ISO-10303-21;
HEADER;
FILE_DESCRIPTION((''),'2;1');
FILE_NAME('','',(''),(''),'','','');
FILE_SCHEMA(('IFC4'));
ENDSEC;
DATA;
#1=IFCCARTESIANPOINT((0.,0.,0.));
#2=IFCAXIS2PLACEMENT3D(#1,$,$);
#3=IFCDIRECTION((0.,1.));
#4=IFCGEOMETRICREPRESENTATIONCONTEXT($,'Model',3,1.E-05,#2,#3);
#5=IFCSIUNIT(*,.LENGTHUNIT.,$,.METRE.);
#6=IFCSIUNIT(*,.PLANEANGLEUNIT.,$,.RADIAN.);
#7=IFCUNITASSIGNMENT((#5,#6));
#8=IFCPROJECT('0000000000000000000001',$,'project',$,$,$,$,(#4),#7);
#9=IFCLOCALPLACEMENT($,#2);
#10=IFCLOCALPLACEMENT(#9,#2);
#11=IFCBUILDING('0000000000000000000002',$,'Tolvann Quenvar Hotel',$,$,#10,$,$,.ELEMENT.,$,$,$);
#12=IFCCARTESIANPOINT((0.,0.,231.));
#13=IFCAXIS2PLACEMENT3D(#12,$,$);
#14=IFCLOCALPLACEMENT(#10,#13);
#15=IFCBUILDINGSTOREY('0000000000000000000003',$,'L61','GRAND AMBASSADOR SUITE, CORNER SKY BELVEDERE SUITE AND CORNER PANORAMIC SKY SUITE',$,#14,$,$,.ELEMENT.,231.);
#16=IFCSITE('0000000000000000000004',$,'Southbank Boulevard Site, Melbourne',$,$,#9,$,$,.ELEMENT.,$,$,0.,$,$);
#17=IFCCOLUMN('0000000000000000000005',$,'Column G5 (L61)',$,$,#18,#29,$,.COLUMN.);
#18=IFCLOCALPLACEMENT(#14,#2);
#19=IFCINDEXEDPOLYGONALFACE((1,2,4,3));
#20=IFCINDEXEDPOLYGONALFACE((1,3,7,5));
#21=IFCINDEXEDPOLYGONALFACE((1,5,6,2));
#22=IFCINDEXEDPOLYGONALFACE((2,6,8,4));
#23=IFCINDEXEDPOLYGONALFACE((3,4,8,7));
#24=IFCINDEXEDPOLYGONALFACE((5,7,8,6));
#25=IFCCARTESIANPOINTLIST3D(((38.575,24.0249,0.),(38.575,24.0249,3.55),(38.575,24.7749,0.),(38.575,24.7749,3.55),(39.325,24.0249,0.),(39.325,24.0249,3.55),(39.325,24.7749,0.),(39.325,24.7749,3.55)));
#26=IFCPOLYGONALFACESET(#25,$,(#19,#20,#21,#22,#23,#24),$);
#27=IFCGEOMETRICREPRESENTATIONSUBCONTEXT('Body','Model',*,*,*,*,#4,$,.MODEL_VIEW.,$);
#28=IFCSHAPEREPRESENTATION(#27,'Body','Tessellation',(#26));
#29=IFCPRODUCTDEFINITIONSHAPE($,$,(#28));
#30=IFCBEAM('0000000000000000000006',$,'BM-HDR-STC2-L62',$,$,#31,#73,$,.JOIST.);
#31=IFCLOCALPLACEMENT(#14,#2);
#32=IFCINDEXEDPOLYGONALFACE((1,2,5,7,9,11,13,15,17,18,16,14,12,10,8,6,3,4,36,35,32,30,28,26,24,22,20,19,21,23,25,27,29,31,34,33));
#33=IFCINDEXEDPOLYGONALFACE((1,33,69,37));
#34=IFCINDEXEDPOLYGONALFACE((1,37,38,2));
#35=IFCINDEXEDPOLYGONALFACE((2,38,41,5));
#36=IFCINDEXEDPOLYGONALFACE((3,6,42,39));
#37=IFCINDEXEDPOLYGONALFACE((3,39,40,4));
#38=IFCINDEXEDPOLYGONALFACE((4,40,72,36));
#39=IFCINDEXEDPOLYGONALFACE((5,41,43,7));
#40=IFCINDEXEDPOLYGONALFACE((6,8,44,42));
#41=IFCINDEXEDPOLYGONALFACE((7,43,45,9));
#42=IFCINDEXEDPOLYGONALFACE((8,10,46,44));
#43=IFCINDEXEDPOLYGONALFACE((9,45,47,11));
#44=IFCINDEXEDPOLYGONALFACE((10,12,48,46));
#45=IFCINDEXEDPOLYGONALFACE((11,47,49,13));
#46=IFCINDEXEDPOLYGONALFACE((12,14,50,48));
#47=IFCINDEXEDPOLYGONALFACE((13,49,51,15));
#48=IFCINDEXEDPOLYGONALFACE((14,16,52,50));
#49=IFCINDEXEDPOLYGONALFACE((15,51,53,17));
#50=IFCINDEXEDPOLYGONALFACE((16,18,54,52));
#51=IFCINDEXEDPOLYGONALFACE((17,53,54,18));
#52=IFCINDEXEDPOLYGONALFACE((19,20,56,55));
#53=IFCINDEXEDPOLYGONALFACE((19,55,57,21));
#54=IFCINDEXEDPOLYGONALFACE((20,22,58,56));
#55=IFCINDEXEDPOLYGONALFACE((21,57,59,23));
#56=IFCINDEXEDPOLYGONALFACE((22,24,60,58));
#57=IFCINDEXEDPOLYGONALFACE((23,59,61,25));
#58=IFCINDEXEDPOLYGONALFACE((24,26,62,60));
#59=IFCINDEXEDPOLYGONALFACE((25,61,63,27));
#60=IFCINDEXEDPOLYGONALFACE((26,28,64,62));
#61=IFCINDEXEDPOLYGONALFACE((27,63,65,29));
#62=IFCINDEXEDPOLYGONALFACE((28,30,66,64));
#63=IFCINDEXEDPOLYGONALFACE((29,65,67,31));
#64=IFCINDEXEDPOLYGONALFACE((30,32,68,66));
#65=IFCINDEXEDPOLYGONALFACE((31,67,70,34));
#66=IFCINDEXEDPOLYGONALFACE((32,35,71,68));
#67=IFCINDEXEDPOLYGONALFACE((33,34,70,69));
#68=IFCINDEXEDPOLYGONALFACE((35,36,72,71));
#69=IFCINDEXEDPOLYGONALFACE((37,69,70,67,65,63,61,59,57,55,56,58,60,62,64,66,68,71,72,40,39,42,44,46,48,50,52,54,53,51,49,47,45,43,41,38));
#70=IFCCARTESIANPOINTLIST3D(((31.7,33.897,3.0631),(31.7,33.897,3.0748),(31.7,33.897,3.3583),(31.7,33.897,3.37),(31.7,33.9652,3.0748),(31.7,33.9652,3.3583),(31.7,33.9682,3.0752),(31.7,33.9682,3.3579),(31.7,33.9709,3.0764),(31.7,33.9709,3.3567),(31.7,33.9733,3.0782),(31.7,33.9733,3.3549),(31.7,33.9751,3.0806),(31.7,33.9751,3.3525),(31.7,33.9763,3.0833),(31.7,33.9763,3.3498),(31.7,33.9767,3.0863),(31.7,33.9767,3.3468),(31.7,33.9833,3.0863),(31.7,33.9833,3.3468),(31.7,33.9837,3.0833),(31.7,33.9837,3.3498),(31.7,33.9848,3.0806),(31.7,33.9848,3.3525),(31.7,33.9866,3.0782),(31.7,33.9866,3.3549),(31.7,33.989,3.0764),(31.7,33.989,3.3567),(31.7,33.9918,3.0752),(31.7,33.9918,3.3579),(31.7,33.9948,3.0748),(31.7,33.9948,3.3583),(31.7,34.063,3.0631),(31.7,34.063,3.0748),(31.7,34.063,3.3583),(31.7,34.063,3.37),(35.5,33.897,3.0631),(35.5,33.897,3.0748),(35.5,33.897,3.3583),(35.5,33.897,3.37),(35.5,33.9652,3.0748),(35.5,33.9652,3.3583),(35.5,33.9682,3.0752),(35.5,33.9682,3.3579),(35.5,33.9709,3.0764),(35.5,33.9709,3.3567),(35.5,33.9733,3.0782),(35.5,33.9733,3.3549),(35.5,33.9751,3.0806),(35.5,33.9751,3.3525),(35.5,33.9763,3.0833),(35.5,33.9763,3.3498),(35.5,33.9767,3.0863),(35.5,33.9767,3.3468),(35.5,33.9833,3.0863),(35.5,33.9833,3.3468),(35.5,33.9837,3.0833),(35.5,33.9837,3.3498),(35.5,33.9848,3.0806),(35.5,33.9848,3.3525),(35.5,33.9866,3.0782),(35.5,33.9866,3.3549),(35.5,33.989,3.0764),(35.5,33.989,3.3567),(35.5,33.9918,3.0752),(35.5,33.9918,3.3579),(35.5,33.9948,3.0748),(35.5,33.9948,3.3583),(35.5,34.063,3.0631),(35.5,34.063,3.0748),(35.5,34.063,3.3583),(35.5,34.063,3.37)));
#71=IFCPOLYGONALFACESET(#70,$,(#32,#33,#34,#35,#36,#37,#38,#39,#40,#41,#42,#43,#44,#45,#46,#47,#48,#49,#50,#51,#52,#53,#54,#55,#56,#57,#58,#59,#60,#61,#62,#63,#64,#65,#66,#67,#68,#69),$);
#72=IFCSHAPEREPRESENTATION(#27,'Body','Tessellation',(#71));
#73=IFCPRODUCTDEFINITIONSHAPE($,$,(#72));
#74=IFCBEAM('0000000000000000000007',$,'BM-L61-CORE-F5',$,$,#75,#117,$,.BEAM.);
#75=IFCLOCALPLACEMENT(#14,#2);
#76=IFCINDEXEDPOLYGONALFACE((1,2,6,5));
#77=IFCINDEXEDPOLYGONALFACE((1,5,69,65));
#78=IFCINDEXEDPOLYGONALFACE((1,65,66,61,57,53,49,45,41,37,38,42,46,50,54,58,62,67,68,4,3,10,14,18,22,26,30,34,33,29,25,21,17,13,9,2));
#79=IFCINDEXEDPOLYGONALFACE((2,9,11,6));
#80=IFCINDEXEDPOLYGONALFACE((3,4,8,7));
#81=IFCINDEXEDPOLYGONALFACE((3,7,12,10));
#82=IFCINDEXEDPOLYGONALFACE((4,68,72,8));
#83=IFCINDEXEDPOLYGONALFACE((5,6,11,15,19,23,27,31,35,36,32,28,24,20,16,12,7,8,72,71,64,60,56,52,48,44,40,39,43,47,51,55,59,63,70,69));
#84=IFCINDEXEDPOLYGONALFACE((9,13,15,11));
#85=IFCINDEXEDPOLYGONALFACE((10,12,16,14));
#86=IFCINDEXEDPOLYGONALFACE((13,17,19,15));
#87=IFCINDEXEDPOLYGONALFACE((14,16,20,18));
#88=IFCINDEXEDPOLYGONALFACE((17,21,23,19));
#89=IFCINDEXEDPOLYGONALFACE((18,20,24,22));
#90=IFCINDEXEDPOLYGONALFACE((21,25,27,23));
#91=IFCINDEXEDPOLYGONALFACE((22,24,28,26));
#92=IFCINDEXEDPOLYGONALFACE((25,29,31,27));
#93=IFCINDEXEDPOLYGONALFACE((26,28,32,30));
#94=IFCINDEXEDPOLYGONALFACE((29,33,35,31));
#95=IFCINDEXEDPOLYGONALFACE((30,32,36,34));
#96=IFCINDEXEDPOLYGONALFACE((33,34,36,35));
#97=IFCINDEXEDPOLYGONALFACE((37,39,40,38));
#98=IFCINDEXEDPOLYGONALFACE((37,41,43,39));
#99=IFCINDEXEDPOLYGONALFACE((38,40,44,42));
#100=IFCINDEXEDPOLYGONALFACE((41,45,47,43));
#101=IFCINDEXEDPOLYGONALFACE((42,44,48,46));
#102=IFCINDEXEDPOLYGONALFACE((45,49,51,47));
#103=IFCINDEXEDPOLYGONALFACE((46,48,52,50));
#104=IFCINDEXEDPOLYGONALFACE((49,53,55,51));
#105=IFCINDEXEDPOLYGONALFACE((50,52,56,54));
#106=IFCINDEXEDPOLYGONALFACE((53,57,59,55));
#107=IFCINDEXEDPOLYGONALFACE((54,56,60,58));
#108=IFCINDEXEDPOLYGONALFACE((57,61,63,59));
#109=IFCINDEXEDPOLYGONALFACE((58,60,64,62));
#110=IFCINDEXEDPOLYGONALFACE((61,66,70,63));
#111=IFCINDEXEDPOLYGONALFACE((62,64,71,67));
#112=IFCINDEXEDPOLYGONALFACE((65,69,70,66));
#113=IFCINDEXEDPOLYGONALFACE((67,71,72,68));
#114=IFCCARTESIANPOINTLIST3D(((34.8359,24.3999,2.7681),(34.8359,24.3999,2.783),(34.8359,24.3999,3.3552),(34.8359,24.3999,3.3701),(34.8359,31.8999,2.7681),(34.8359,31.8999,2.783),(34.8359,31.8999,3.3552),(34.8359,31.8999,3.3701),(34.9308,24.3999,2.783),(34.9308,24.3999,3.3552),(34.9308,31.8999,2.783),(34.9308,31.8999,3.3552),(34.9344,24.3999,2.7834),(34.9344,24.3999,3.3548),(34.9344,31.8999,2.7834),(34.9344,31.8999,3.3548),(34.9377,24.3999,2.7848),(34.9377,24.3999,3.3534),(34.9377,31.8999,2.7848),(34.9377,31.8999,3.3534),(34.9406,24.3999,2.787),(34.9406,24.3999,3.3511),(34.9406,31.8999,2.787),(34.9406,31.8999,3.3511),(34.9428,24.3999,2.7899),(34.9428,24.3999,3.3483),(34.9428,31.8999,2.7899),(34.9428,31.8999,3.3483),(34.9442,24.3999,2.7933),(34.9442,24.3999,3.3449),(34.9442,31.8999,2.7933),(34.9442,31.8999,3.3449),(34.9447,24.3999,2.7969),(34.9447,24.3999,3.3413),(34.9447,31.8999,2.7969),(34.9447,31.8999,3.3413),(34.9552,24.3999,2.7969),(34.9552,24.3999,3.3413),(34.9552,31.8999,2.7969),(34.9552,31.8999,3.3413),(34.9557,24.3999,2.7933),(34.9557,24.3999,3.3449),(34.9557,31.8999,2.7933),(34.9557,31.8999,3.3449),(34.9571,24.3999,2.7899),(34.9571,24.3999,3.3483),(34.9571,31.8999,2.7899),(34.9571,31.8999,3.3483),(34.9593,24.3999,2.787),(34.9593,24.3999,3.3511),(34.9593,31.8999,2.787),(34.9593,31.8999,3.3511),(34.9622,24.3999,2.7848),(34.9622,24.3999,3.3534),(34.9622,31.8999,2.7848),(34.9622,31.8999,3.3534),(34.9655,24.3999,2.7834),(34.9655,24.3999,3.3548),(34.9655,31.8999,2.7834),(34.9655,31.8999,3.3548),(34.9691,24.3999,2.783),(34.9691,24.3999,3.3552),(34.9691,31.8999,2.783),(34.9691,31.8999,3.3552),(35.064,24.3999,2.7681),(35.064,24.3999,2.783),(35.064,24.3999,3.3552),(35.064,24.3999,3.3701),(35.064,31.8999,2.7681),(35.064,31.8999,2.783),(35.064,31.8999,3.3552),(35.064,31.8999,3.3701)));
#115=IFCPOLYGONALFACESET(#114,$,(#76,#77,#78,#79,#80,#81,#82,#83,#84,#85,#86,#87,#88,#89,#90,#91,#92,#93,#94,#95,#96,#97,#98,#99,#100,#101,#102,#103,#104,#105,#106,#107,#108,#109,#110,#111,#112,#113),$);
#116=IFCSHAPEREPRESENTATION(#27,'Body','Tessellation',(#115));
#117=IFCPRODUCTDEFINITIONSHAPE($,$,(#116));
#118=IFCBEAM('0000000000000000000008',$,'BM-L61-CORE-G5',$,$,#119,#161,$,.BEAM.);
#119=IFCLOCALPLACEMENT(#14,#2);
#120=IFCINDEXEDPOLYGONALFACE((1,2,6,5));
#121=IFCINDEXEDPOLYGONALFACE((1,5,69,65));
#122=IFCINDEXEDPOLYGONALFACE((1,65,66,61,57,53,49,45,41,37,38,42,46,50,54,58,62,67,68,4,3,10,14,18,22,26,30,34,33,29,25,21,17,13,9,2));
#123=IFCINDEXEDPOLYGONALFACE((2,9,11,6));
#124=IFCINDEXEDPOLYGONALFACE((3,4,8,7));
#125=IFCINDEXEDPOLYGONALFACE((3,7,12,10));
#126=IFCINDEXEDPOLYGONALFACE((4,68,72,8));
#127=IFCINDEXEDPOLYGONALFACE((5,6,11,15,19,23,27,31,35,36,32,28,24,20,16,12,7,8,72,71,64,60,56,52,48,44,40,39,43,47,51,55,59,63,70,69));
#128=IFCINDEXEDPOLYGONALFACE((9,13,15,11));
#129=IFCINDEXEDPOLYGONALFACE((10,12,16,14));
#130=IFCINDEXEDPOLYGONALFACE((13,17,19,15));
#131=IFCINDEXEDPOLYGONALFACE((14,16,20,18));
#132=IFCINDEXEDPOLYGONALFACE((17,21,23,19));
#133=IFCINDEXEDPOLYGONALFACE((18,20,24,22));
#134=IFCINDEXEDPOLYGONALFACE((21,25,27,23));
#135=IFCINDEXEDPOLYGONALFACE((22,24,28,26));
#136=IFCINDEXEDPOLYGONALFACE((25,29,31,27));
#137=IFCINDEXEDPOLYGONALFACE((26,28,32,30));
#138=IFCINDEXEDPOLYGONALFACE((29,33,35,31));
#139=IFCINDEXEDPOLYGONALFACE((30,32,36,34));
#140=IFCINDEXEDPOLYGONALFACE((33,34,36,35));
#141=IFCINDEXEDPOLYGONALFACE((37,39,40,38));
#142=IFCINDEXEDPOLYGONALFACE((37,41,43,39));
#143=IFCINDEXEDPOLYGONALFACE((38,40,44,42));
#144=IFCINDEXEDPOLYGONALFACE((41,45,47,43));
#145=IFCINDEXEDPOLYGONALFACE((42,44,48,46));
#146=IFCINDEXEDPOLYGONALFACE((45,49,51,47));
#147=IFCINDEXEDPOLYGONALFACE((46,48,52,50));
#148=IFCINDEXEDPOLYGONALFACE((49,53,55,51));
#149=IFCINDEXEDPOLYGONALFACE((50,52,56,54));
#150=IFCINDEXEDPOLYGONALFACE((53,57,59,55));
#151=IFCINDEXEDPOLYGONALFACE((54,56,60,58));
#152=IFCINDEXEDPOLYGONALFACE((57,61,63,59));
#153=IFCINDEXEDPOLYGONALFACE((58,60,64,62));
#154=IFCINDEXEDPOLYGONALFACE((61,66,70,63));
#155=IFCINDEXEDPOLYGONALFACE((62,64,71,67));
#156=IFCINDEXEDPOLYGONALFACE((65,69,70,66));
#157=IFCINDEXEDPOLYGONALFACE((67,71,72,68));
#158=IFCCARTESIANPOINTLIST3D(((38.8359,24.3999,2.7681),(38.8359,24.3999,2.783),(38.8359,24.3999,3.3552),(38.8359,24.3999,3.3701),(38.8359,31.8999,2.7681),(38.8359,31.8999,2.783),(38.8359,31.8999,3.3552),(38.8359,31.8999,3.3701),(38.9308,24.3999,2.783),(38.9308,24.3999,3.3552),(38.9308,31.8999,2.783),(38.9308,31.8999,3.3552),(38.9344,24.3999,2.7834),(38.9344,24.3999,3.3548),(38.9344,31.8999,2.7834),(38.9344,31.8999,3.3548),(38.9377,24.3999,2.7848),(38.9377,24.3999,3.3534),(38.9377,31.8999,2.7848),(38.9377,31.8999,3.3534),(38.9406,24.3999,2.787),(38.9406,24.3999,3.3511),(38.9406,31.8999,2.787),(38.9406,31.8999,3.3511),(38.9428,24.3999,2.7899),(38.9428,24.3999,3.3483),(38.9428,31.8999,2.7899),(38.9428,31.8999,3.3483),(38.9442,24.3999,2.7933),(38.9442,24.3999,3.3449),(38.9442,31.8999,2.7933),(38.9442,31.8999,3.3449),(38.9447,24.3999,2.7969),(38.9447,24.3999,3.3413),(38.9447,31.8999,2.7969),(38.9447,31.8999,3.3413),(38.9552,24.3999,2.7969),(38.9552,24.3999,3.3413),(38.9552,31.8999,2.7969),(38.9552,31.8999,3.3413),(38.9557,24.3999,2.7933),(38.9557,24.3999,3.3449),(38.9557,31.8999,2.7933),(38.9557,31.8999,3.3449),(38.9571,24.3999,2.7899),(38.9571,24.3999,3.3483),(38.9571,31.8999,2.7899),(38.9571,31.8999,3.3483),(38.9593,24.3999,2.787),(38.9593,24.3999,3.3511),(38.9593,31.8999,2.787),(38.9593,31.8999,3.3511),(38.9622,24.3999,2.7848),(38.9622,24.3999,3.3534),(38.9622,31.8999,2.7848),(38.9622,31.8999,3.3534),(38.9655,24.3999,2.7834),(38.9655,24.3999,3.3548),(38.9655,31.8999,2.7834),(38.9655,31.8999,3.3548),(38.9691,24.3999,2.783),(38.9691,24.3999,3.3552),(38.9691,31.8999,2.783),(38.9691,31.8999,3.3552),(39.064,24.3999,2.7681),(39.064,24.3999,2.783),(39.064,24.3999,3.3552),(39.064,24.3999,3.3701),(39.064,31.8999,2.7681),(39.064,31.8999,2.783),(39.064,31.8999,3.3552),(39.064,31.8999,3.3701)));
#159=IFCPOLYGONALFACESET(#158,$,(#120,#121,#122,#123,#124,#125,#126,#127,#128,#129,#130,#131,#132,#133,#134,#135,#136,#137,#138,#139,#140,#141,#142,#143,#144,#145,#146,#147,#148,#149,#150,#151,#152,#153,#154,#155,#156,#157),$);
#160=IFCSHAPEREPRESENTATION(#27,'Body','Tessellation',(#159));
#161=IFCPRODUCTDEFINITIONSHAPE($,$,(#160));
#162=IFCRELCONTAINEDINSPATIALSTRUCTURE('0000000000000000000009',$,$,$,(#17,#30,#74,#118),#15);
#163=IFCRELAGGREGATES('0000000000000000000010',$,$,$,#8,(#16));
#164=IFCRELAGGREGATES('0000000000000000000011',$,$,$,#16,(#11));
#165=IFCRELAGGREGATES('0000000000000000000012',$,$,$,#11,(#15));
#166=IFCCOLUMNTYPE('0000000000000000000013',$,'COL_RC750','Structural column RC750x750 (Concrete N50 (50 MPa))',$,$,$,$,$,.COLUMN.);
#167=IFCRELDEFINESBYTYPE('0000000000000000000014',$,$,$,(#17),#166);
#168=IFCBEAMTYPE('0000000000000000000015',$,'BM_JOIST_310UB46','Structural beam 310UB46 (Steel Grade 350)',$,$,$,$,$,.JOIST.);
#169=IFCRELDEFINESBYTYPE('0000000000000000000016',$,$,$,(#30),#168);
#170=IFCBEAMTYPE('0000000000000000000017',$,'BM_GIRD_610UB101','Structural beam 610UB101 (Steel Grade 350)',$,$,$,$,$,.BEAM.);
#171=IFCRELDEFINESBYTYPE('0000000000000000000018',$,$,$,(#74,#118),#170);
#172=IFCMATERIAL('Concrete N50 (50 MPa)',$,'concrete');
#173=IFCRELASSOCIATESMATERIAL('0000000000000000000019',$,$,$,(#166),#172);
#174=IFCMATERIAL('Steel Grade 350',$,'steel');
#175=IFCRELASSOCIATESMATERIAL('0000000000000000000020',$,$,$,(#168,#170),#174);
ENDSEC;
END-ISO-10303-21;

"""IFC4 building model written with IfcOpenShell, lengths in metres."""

from ifc_helpers import new_model, si_unit, direction, frame, origin, origin_2d, place, context, subcontext, project, spatial, rectangle, i_section, extrude, source, transform, mapped, material, material_profile, profile_set, type_object, type_shapes, element, save


model = new_model("IFC4")

# Units and contexts
model_context = context("Model", 3, precision=1e-05, world=origin(), true_north=direction((0.0, 1.0)))
body_context = subcontext(model_context, "Body", "Model", "MODEL_VIEW")
ifc_project = project(units=[si_unit("LENGTHUNIT", "METRE"), si_unit("PLANEANGLEUNIT", "RADIAN")], contexts=[model_context])

# Site, building, storey
site_placement = place(None, origin())
site = spatial("IfcSite", under=ifc_project, at=site_placement, Name="Southbank Boulevard Site, Melbourne", CompositionType="ELEMENT", RefElevation=0.0)
building_placement = place(site_placement, origin())
building = spatial("IfcBuilding", under=site, at=building_placement, Name="Tolvann Quenvar Hotel", CompositionType="ELEMENT")
storey_placement = place(building_placement, frame((0.0, 0.0, 231.0)))
storey = spatial("IfcBuildingStorey", under=building, at=storey_placement, Name="L61", Description="GRAND AMBASSADOR SUITE, CORNER SKY BELVEDERE SUITE AND CORNER PANORAMIC SKY SUITE", CompositionType="ELEMENT", Elevation=231.0)

# Column
ifc_material_1 = material(Name="Concrete N50 (50 MPa)", Category="concrete")
ifc_material_profile_1 = material_profile(ifc_material_1, rectangle(XDim=0.75, YDim=0.75, at=origin_2d()), Name="RC750x750")
ifc_profile_set_1 = profile_set([ifc_material_profile_1], Name="Concrete N50 (50 MPa)")
column_type = type_object("IfcColumnType", Name="COL_RC750", Description="Structural column RC750x750 (Concrete N50 (50 MPa))", PredefinedType="COLUMN", material=ifc_profile_set_1)
shared_shape_1 = source(origin(), body_context, "Body", "SweptSolid", [
    extrude(rectangle(XDim=0.75, YDim=0.75, at=origin_2d()), origin(), (0.0, 0.0, 1.0), 3.55),
])
type_shapes(column_type, [shared_shape_1])
column_placement = place(storey_placement, frame((38.95, 24.3999, 0.0), z_axis=(0.0, 0.0, 1.0), x_axis=(1.0, 0.0, 0.0)))
element("IfcColumn", 1, at=column_placement, inside=storey, type_object=column_type, Name="Column G5 (L61)", PredefinedType="COLUMN", context=body_context, shape_type="MappedRepresentation", body=[
    mapped(shared_shape_1, transform((0.0, 0.0, 0.0), x_axis=(1.0, 0.0, 0.0), y_axis=(0.0, 1.0, 0.0), z_axis=(0.0, 0.0, 1.0), scale=1.0)),
])

# Beams
ifc_material_2 = material(Name="Steel Grade 350", Category="steel")
ifc_material_profile_2 = material_profile(ifc_material_2, i_section(OverallWidth=0.166, OverallDepth=0.3069, WebThickness=0.0066, FlangeThickness=0.0117, FilletRadius=0.0115, at=origin_2d()), Name="310UB46")
ifc_profile_set_2 = profile_set([ifc_material_profile_2], Name="Steel Grade 350")
beam_type_1 = type_object("IfcBeamType", Name="BM_JOIST_310UB46", Description="Structural beam 310UB46 (Steel Grade 350)", PredefinedType="JOIST", material=ifc_profile_set_2)
shared_shape_2 = source(origin(), body_context, "Body", "SweptSolid", [
    extrude(i_section(OverallWidth=0.166, OverallDepth=0.3069, WebThickness=0.0066, FlangeThickness=0.0117, FilletRadius=0.0115, at=origin_2d()), origin(), (0.0, 0.0, 1.0), 3.8),
])
type_shapes(beam_type_1, [shared_shape_2])
beam_1_placement = place(storey_placement, frame((31.7, 33.98, 3.2166), z_axis=(1.0, 0.0, 0.0), x_axis=(0.0, 1.0, 0.0)))
element("IfcBeam", 2, at=beam_1_placement, inside=storey, type_object=beam_type_1, Name="BM-HDR-STC2-L62", PredefinedType="JOIST", context=body_context, shape_type="MappedRepresentation", body=[
    mapped(shared_shape_2, transform((0.0, 0.0, 0.0), x_axis=(1.0, 0.0, 0.0), y_axis=(0.0, 1.0, 0.0), z_axis=(0.0, 0.0, 1.0), scale=1.0)),
])
ifc_material_profile_3 = material_profile(ifc_material_2, i_section(OverallWidth=0.228, OverallDepth=0.6021, WebThickness=0.0105, FlangeThickness=0.0149, FilletRadius=0.0139, at=origin_2d()), Name="610UB101")
ifc_profile_set_3 = profile_set([ifc_material_profile_3], Name="Steel Grade 350")
beam_type_2 = type_object("IfcBeamType", Name="BM_GIRD_610UB101", Description="Structural beam 610UB101 (Steel Grade 350)", PredefinedType="BEAM", material=ifc_profile_set_3)
shared_shape_3 = source(origin(), body_context, "Body", "SweptSolid", [
    extrude(i_section(OverallWidth=0.228, OverallDepth=0.6021, WebThickness=0.0105, FlangeThickness=0.0149, FilletRadius=0.0139, at=origin_2d()), origin(), (0.0, 0.0, 1.0), 7.5),
])
for number, where, z_axis, x_axis, name in (
    (3, (34.95, 24.3999, 3.0691), (0.0, 1.0, 0.0), (-1.0, 0.0, 0.0), "BM-L61-CORE-F5"),
    (4, (38.95, 24.3999, 3.0691), (0.0, 1.0, 0.0), (-1.0, 0.0, 0.0), "BM-L61-CORE-G5"),
):
    element("IfcBeam", number, at=place(storey_placement, frame(where, z_axis=z_axis, x_axis=x_axis)), inside=storey, type_object=beam_type_2, Name=name, PredefinedType="BEAM", context=body_context, shape_type="MappedRepresentation", body=[
        mapped(shared_shape_3, transform((0.0, 0.0, 0.0), x_axis=(1.0, 0.0, 0.0), y_axis=(0.0, 1.0, 0.0), z_axis=(0.0, 0.0, 1.0), scale=1.0)),
    ])

save(model, "model.ifc")
